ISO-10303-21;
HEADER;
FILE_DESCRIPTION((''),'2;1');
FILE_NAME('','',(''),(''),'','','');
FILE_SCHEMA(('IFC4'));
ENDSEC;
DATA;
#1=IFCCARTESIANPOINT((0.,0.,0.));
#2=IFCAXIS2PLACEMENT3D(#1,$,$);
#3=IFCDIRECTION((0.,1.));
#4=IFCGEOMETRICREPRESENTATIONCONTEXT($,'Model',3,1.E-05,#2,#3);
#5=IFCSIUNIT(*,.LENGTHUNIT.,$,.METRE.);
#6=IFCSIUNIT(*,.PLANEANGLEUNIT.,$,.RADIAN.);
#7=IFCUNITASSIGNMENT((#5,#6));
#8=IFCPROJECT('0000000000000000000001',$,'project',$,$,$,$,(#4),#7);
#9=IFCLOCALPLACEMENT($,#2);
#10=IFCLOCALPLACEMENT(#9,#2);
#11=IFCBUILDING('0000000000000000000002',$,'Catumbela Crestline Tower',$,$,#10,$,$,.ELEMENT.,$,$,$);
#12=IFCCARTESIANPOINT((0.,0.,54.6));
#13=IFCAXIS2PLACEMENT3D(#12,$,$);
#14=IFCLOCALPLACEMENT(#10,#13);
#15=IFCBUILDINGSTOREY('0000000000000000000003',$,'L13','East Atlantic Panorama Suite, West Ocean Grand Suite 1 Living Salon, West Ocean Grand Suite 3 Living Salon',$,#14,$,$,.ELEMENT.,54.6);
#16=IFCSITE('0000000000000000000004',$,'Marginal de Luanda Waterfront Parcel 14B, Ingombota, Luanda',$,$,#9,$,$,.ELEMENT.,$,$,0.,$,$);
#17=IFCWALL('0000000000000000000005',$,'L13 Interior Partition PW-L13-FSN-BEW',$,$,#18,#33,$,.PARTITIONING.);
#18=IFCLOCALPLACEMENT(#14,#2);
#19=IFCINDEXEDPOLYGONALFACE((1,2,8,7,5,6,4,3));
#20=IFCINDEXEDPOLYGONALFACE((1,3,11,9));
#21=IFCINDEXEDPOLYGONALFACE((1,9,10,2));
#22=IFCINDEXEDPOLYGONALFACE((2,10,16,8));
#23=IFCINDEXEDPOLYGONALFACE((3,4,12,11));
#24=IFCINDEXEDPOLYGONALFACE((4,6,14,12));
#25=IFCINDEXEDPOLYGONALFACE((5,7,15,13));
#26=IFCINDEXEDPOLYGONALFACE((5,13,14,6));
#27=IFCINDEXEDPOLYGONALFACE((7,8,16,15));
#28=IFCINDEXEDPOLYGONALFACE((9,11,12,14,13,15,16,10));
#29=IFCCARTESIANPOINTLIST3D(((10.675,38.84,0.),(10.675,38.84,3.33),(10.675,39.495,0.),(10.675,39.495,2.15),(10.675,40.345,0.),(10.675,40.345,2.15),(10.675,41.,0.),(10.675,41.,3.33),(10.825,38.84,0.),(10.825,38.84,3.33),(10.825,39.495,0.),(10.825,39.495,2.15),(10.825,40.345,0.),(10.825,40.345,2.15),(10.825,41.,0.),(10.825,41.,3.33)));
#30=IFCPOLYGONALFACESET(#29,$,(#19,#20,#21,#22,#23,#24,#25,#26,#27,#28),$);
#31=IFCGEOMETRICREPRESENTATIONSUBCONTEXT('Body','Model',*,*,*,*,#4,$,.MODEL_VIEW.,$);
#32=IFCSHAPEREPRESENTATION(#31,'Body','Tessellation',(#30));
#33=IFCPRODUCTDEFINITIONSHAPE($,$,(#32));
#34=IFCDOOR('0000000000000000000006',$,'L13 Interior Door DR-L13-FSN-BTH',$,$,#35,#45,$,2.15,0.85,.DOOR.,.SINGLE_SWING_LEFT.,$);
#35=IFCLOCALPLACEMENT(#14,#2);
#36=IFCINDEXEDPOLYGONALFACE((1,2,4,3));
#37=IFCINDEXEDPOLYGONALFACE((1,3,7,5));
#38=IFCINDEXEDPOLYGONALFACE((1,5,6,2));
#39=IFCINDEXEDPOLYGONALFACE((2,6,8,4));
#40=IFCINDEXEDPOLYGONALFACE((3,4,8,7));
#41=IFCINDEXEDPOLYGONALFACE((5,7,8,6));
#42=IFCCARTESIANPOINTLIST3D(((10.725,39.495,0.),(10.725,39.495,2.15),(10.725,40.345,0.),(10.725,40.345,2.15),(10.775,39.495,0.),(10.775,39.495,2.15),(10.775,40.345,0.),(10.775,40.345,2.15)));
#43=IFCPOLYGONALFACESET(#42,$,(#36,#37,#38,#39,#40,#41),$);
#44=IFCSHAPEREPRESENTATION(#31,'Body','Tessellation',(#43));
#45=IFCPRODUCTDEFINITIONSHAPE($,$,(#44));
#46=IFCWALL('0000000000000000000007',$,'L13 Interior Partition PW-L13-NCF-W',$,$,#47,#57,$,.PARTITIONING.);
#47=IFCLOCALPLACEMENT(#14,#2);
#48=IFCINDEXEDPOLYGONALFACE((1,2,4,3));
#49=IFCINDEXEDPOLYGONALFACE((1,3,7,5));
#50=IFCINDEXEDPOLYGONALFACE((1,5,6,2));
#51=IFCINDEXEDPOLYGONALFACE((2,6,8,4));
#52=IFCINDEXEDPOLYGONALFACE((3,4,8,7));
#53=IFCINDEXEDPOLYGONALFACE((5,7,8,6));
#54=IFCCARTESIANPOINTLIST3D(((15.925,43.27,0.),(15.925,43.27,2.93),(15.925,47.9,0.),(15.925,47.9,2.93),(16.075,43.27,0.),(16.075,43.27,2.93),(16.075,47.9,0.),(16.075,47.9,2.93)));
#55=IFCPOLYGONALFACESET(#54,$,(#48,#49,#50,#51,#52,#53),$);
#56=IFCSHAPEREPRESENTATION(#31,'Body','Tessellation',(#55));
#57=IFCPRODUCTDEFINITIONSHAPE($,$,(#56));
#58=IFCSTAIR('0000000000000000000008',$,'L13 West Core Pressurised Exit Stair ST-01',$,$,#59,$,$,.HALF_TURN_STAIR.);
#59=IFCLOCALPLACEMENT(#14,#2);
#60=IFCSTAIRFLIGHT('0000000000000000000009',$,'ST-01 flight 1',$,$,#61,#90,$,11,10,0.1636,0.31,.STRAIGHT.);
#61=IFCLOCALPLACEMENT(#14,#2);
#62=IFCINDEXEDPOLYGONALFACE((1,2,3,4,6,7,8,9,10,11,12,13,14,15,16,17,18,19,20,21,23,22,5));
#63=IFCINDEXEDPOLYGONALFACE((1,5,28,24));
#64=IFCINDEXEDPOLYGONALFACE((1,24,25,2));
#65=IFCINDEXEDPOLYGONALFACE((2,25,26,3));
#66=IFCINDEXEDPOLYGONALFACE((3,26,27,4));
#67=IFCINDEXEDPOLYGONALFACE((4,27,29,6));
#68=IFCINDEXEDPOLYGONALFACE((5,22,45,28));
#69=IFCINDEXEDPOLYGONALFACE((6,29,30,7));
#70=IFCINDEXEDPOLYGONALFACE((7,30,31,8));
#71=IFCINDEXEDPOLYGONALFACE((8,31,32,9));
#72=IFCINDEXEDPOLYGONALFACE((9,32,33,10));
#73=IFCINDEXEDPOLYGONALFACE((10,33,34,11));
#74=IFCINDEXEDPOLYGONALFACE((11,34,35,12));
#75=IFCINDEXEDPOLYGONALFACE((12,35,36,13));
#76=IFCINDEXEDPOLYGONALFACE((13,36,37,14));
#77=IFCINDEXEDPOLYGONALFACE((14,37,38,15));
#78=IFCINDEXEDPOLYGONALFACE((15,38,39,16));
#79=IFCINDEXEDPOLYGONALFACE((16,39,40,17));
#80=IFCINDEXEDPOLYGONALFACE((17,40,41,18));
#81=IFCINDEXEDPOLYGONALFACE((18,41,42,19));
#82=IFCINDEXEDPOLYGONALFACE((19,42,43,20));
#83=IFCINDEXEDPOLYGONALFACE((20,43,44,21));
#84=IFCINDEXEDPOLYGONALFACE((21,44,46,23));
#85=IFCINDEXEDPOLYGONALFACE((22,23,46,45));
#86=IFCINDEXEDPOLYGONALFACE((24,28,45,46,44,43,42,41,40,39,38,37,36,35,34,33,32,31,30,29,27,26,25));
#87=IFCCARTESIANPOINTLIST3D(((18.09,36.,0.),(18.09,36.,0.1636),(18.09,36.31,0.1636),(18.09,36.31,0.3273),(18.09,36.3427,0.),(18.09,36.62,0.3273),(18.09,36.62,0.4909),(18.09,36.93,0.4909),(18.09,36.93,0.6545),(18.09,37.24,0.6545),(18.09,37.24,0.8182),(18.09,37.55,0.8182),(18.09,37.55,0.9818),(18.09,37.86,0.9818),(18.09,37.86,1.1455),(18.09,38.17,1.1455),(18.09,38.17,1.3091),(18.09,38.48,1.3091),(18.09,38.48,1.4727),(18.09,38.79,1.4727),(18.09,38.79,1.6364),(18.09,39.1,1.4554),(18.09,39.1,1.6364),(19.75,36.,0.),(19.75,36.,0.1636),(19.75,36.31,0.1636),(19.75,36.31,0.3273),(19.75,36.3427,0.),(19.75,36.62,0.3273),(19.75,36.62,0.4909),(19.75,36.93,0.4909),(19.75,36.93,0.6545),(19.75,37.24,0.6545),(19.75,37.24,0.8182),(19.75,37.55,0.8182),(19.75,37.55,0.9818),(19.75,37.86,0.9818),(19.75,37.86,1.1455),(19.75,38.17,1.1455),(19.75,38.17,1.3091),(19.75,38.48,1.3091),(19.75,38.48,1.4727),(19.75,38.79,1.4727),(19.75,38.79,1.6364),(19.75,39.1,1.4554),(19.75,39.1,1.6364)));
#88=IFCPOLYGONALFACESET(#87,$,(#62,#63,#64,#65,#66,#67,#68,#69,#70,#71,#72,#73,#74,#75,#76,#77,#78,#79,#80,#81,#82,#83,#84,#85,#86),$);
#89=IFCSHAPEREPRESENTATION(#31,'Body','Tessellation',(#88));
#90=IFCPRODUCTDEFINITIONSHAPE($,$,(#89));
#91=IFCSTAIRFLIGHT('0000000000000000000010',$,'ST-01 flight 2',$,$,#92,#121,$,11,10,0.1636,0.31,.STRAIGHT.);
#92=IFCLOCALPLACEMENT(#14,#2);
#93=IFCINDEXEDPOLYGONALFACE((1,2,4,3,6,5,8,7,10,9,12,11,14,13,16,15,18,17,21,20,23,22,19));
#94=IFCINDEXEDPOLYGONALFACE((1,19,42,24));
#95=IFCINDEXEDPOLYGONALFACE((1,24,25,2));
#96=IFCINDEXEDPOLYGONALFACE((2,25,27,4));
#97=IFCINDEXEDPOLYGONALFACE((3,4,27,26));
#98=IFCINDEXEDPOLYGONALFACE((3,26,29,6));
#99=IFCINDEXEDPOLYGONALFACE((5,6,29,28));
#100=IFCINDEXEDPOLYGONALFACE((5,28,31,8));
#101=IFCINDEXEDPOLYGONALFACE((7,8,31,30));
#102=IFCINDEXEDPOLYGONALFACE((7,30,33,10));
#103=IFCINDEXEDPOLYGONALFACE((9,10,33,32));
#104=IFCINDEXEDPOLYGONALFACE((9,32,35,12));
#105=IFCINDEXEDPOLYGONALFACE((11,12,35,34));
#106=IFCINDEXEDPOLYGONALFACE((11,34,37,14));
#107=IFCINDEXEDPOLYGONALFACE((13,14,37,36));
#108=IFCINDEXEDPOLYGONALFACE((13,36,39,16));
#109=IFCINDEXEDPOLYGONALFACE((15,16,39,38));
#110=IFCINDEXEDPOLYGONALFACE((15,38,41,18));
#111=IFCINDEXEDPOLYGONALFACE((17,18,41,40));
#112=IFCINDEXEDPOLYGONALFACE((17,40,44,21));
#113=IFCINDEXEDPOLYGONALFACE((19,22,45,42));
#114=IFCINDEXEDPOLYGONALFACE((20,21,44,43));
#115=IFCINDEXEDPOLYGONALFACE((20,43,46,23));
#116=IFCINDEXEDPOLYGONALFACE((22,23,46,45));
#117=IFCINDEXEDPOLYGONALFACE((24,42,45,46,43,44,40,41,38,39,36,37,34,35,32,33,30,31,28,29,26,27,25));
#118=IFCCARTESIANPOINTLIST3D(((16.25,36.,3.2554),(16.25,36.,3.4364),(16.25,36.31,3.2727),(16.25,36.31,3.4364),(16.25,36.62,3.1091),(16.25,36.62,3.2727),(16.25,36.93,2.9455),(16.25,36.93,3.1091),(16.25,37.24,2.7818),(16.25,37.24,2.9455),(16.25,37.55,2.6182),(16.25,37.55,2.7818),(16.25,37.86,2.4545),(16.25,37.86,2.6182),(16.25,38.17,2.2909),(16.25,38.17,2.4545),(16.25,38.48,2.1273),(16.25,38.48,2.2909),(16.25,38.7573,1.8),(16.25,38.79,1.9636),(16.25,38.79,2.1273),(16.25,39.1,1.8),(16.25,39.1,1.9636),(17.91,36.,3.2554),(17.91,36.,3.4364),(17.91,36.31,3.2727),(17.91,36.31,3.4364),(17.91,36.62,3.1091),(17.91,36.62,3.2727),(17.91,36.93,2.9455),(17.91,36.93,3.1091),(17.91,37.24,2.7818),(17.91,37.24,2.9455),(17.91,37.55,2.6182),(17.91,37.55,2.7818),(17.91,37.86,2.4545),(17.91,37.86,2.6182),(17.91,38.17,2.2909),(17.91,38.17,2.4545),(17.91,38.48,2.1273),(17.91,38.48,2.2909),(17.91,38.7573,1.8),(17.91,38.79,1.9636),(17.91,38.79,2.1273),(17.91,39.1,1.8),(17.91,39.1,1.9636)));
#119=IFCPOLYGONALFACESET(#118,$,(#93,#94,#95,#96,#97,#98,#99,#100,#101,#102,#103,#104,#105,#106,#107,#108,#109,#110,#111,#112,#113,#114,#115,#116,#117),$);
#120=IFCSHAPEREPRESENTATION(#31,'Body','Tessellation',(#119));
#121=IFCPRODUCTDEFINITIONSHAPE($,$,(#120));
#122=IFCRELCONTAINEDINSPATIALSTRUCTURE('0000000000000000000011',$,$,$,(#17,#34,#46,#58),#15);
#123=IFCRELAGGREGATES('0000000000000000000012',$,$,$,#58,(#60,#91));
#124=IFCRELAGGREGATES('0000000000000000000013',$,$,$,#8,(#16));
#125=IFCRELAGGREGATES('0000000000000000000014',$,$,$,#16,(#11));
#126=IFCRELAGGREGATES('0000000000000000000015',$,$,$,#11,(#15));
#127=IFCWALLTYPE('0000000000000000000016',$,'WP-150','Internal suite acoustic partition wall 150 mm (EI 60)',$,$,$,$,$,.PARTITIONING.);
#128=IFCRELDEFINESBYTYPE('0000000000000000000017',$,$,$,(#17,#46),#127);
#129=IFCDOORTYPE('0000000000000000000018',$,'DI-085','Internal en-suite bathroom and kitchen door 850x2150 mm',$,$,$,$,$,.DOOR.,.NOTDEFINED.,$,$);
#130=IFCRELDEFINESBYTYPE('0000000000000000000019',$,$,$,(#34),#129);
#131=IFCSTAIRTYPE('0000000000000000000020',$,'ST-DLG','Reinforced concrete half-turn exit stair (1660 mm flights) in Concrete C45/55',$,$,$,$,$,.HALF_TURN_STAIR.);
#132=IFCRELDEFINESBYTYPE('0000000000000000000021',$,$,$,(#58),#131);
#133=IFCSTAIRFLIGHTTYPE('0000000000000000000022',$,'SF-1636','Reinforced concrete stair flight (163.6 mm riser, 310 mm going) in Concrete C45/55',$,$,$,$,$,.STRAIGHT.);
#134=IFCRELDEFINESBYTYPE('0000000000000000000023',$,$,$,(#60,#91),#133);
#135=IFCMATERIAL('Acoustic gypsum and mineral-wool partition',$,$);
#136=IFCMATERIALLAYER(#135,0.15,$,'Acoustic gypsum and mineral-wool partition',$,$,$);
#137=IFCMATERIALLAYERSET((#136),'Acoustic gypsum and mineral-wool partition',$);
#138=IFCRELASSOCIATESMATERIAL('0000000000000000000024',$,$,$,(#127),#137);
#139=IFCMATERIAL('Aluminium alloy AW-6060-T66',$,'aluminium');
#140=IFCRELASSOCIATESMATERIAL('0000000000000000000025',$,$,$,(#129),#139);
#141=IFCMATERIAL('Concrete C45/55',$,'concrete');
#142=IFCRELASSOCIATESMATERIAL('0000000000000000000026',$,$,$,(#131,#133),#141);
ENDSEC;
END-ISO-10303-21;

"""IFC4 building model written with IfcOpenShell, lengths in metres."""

from ifc_helpers import new_model, si_unit, direction, frame, frame_2d, origin, place, context, subcontext, project, spatial, polyline, rectangle, outline, extrude, material, layer, layer_set, type_object, element, fill, aggregate, save


model = new_model("IFC4")

# Units and contexts
model_context = context("Model", 3, precision=1e-05, world=origin(), true_north=direction((0.0, 1.0)))
body_context = subcontext(model_context, "Body", "Model", "MODEL_VIEW")
ifc_project = project(units=[si_unit("LENGTHUNIT", "METRE"), si_unit("PLANEANGLEUNIT", "RADIAN")], contexts=[model_context])

# Site, building, storey
site_placement = place(None, origin())
site = spatial("IfcSite", under=ifc_project, at=site_placement, Name="Marginal de Luanda Waterfront Parcel 14B, Ingombota, Luanda", CompositionType="ELEMENT", RefElevation=0.0)
building_placement = place(site_placement, origin())
building = spatial("IfcBuilding", under=site, at=building_placement, Name="Catumbela Crestline Tower", CompositionType="ELEMENT")
storey_placement = place(building_placement, frame((0.0, 0.0, 54.6)))
storey = spatial("IfcBuildingStorey", under=building, at=storey_placement, Name="L13", Description="East Atlantic Panorama Suite, West Ocean Grand Suite 1 Living Salon, West Ocean Grand Suite 3 Living Salon", CompositionType="ELEMENT", Elevation=54.6)

# Shared definitions
ifc_material_1 = material(Name="Aluminium alloy AW-6060-T66", Category="aluminium")

# Shared definitions
ifc_material_2 = material(Name="Acoustic gypsum and mineral-wool partition")
ifc_layer_1 = layer(ifc_material_2, 0.15, Name="Acoustic gypsum and mineral-wool partition")
ifc_layer_set_1 = layer_set([ifc_layer_1], Name="Acoustic gypsum and mineral-wool partition")
wall_type_1 = type_object("IfcWallType", Name="WP-150", Description="Internal suite acoustic partition wall 150 mm (EI 60)", PredefinedType="PARTITIONING", material=ifc_layer_set_1)

# Wall, opening, door
door_type = type_object("IfcDoorType", Name="DI-085", Description="Internal en-suite bathroom and kitchen door 850x2150 mm", OperationType="NOTDEFINED", PredefinedType="DOOR", material=ifc_material_1)
wall_1_placement = place(storey_placement, frame((10.75, 38.84, 0.0), z_axis=(0.0, 0.0, 1.0), x_axis=(0.0, 1.0, 0.0)))
wall_1 = element("IfcWall", 1, at=wall_1_placement, inside=storey, type_object=wall_type_1, Name="L13 Interior Partition PW-L13-FSN-BEW", PredefinedType="PARTITIONING", context=body_context, shape_type="SweptSolid", body=[
    extrude(rectangle(XDim=2.16, YDim=0.15, at=frame_2d((1.08, 0.0))), origin(), (0.0, 0.0, 1.0), 3.33),
])
opening_1_placement = place(wall_1_placement, frame((0.655, 0.0, 0.0)))
opening_1 = element("IfcOpeningElement", 2, at=opening_1_placement, cuts=wall_1, PredefinedType="OPENING", context=body_context, shape_type="SweptSolid", body=[
    extrude(rectangle(XDim=0.85, YDim=2.15, at=frame_2d((0.425, 1.075))), frame((0.0, 0.085, 0.0), z_axis=(0.0, -1.0, 0.0), x_axis=(1.0, 0.0, 0.0)), (0.0, 0.0, 1.0), 0.17),
])
door_1_placement = place(opening_1_placement, origin())
door_1 = element("IfcDoor", 3, at=door_1_placement, inside=storey, type_object=door_type, Name="L13 Interior Door DR-L13-FSN-BTH", OperationType="SINGLE_SWING_LEFT", OverallHeight=2.15, OverallWidth=0.85, PredefinedType="DOOR", context=body_context, shape_type="SweptSolid", body=[
    extrude(rectangle(XDim=0.85, YDim=2.15, at=frame_2d((0.425, 1.075))), frame((0.0, 0.025, 0.0), z_axis=(0.0, -1.0, 0.0), x_axis=(1.0, 0.0, 0.0)), (0.0, 0.0, 1.0), 0.05),
])
fill(opening_1, door_1)

# Wall
wall_2_placement = place(storey_placement, frame((16.0, 43.27, 0.0), z_axis=(0.0, 0.0, 1.0), x_axis=(0.0, 1.0, 0.0)))
element("IfcWall", 4, at=wall_2_placement, inside=storey, type_object=wall_type_1, Name="L13 Interior Partition PW-L13-NCF-W", PredefinedType="PARTITIONING", context=body_context, shape_type="SweptSolid", body=[
    extrude(rectangle(XDim=4.63, YDim=0.15, at=frame_2d((2.315, 0.0))), origin(), (0.0, 0.0, 1.0), 2.93),
])

# Stair, stair flights
ifc_material_3 = material(Name="Concrete C45/55", Category="concrete")
stair_type = type_object("IfcStairType", Name="ST-DLG", Description="Reinforced concrete half-turn exit stair (1660 mm flights) in Concrete C45/55", PredefinedType="HALF_TURN_STAIR", material=ifc_material_3)
stair_placement = place(storey_placement, origin())
stair = element("IfcStair", 5, at=stair_placement, inside=storey, type_object=stair_type, Name="L13 West Core Pressurised Exit Stair ST-01", PredefinedType="HALF_TURN_STAIR")
stair_flight_type = type_object("IfcStairFlightType", Name="SF-1636", Description="Reinforced concrete stair flight (163.6 mm riser, 310 mm going) in Concrete C45/55", PredefinedType="STRAIGHT", material=ifc_material_3)
stair_flight_1_placement = place(storey_placement, frame((18.92, 36.0, 0.0), z_axis=(0.0, 0.0, 1.0), x_axis=(0.0, 1.0, 0.0)))
stair_flight_1 = element("IfcStairFlight", 6, at=stair_flight_1_placement, type_object=stair_flight_type, Name="ST-01 flight 1", NumberOfRisers=11, NumberOfTreads=10, PredefinedType="STRAIGHT", RiserHeight=0.1636, TreadLength=0.31, context=body_context, shape_type="SweptSolid", body=[
    extrude(outline(polyline([(0.0, 0.0), (0.0, 0.1636), (0.31, 0.1636), (0.31, 0.3273), (0.62, 0.3273), (0.62, 0.4909), (0.93, 0.4909), (0.93, 0.6545), (1.24, 0.6545), (1.24, 0.8182), (1.55, 0.8182), (1.55, 0.9818), (1.86, 0.9818), (1.86, 1.1455), (2.17, 1.1455), (2.17, 1.3091), (2.48, 1.3091), (2.48, 1.4727), (2.79, 1.4727), (2.79, 1.6364), (3.1, 1.6364), (3.1, 1.8), (3.1, 1.4554), (0.3427, 0.0), (0.0, 0.0)])), frame((0.0, 0.83, 0.0), z_axis=(0.0, -1.0, 0.0), x_axis=(1.0, 0.0, 0.0)), (0.0, 0.0, 1.0), 1.66),
])
stair_flight_2_placement = place(storey_placement, frame((17.08, 39.1, 1.8), z_axis=(0.0, 0.0, 1.0), x_axis=(0.0, -1.0, 0.0)))
stair_flight_2 = element("IfcStairFlight", 7, at=stair_flight_2_placement, type_object=stair_flight_type, Name="ST-01 flight 2", NumberOfRisers=11, NumberOfTreads=10, PredefinedType="STRAIGHT", RiserHeight=0.1636, TreadLength=0.31, context=body_context, shape_type="SweptSolid", body=[
    extrude(outline(polyline([(0.0, 0.0), (0.0, 0.1636), (0.31, 0.1636), (0.31, 0.3273), (0.62, 0.3273), (0.62, 0.4909), (0.93, 0.4909), (0.93, 0.6545), (1.24, 0.6545), (1.24, 0.8182), (1.55, 0.8182), (1.55, 0.9818), (1.86, 0.9818), (1.86, 1.1455), (2.17, 1.1455), (2.17, 1.3091), (2.48, 1.3091), (2.48, 1.4727), (2.79, 1.4727), (2.79, 1.6364), (3.1, 1.6364), (3.1, 1.8), (3.1, 1.4554), (0.3427, 0.0), (0.0, 0.0)])), frame((0.0, 0.83, 0.0), z_axis=(0.0, -1.0, 0.0), x_axis=(1.0, 0.0, 0.0)), (0.0, 0.0, 1.0), 1.66),
])
aggregate(stair, [stair_flight_1, stair_flight_2])

save(model, "model.ifc")
